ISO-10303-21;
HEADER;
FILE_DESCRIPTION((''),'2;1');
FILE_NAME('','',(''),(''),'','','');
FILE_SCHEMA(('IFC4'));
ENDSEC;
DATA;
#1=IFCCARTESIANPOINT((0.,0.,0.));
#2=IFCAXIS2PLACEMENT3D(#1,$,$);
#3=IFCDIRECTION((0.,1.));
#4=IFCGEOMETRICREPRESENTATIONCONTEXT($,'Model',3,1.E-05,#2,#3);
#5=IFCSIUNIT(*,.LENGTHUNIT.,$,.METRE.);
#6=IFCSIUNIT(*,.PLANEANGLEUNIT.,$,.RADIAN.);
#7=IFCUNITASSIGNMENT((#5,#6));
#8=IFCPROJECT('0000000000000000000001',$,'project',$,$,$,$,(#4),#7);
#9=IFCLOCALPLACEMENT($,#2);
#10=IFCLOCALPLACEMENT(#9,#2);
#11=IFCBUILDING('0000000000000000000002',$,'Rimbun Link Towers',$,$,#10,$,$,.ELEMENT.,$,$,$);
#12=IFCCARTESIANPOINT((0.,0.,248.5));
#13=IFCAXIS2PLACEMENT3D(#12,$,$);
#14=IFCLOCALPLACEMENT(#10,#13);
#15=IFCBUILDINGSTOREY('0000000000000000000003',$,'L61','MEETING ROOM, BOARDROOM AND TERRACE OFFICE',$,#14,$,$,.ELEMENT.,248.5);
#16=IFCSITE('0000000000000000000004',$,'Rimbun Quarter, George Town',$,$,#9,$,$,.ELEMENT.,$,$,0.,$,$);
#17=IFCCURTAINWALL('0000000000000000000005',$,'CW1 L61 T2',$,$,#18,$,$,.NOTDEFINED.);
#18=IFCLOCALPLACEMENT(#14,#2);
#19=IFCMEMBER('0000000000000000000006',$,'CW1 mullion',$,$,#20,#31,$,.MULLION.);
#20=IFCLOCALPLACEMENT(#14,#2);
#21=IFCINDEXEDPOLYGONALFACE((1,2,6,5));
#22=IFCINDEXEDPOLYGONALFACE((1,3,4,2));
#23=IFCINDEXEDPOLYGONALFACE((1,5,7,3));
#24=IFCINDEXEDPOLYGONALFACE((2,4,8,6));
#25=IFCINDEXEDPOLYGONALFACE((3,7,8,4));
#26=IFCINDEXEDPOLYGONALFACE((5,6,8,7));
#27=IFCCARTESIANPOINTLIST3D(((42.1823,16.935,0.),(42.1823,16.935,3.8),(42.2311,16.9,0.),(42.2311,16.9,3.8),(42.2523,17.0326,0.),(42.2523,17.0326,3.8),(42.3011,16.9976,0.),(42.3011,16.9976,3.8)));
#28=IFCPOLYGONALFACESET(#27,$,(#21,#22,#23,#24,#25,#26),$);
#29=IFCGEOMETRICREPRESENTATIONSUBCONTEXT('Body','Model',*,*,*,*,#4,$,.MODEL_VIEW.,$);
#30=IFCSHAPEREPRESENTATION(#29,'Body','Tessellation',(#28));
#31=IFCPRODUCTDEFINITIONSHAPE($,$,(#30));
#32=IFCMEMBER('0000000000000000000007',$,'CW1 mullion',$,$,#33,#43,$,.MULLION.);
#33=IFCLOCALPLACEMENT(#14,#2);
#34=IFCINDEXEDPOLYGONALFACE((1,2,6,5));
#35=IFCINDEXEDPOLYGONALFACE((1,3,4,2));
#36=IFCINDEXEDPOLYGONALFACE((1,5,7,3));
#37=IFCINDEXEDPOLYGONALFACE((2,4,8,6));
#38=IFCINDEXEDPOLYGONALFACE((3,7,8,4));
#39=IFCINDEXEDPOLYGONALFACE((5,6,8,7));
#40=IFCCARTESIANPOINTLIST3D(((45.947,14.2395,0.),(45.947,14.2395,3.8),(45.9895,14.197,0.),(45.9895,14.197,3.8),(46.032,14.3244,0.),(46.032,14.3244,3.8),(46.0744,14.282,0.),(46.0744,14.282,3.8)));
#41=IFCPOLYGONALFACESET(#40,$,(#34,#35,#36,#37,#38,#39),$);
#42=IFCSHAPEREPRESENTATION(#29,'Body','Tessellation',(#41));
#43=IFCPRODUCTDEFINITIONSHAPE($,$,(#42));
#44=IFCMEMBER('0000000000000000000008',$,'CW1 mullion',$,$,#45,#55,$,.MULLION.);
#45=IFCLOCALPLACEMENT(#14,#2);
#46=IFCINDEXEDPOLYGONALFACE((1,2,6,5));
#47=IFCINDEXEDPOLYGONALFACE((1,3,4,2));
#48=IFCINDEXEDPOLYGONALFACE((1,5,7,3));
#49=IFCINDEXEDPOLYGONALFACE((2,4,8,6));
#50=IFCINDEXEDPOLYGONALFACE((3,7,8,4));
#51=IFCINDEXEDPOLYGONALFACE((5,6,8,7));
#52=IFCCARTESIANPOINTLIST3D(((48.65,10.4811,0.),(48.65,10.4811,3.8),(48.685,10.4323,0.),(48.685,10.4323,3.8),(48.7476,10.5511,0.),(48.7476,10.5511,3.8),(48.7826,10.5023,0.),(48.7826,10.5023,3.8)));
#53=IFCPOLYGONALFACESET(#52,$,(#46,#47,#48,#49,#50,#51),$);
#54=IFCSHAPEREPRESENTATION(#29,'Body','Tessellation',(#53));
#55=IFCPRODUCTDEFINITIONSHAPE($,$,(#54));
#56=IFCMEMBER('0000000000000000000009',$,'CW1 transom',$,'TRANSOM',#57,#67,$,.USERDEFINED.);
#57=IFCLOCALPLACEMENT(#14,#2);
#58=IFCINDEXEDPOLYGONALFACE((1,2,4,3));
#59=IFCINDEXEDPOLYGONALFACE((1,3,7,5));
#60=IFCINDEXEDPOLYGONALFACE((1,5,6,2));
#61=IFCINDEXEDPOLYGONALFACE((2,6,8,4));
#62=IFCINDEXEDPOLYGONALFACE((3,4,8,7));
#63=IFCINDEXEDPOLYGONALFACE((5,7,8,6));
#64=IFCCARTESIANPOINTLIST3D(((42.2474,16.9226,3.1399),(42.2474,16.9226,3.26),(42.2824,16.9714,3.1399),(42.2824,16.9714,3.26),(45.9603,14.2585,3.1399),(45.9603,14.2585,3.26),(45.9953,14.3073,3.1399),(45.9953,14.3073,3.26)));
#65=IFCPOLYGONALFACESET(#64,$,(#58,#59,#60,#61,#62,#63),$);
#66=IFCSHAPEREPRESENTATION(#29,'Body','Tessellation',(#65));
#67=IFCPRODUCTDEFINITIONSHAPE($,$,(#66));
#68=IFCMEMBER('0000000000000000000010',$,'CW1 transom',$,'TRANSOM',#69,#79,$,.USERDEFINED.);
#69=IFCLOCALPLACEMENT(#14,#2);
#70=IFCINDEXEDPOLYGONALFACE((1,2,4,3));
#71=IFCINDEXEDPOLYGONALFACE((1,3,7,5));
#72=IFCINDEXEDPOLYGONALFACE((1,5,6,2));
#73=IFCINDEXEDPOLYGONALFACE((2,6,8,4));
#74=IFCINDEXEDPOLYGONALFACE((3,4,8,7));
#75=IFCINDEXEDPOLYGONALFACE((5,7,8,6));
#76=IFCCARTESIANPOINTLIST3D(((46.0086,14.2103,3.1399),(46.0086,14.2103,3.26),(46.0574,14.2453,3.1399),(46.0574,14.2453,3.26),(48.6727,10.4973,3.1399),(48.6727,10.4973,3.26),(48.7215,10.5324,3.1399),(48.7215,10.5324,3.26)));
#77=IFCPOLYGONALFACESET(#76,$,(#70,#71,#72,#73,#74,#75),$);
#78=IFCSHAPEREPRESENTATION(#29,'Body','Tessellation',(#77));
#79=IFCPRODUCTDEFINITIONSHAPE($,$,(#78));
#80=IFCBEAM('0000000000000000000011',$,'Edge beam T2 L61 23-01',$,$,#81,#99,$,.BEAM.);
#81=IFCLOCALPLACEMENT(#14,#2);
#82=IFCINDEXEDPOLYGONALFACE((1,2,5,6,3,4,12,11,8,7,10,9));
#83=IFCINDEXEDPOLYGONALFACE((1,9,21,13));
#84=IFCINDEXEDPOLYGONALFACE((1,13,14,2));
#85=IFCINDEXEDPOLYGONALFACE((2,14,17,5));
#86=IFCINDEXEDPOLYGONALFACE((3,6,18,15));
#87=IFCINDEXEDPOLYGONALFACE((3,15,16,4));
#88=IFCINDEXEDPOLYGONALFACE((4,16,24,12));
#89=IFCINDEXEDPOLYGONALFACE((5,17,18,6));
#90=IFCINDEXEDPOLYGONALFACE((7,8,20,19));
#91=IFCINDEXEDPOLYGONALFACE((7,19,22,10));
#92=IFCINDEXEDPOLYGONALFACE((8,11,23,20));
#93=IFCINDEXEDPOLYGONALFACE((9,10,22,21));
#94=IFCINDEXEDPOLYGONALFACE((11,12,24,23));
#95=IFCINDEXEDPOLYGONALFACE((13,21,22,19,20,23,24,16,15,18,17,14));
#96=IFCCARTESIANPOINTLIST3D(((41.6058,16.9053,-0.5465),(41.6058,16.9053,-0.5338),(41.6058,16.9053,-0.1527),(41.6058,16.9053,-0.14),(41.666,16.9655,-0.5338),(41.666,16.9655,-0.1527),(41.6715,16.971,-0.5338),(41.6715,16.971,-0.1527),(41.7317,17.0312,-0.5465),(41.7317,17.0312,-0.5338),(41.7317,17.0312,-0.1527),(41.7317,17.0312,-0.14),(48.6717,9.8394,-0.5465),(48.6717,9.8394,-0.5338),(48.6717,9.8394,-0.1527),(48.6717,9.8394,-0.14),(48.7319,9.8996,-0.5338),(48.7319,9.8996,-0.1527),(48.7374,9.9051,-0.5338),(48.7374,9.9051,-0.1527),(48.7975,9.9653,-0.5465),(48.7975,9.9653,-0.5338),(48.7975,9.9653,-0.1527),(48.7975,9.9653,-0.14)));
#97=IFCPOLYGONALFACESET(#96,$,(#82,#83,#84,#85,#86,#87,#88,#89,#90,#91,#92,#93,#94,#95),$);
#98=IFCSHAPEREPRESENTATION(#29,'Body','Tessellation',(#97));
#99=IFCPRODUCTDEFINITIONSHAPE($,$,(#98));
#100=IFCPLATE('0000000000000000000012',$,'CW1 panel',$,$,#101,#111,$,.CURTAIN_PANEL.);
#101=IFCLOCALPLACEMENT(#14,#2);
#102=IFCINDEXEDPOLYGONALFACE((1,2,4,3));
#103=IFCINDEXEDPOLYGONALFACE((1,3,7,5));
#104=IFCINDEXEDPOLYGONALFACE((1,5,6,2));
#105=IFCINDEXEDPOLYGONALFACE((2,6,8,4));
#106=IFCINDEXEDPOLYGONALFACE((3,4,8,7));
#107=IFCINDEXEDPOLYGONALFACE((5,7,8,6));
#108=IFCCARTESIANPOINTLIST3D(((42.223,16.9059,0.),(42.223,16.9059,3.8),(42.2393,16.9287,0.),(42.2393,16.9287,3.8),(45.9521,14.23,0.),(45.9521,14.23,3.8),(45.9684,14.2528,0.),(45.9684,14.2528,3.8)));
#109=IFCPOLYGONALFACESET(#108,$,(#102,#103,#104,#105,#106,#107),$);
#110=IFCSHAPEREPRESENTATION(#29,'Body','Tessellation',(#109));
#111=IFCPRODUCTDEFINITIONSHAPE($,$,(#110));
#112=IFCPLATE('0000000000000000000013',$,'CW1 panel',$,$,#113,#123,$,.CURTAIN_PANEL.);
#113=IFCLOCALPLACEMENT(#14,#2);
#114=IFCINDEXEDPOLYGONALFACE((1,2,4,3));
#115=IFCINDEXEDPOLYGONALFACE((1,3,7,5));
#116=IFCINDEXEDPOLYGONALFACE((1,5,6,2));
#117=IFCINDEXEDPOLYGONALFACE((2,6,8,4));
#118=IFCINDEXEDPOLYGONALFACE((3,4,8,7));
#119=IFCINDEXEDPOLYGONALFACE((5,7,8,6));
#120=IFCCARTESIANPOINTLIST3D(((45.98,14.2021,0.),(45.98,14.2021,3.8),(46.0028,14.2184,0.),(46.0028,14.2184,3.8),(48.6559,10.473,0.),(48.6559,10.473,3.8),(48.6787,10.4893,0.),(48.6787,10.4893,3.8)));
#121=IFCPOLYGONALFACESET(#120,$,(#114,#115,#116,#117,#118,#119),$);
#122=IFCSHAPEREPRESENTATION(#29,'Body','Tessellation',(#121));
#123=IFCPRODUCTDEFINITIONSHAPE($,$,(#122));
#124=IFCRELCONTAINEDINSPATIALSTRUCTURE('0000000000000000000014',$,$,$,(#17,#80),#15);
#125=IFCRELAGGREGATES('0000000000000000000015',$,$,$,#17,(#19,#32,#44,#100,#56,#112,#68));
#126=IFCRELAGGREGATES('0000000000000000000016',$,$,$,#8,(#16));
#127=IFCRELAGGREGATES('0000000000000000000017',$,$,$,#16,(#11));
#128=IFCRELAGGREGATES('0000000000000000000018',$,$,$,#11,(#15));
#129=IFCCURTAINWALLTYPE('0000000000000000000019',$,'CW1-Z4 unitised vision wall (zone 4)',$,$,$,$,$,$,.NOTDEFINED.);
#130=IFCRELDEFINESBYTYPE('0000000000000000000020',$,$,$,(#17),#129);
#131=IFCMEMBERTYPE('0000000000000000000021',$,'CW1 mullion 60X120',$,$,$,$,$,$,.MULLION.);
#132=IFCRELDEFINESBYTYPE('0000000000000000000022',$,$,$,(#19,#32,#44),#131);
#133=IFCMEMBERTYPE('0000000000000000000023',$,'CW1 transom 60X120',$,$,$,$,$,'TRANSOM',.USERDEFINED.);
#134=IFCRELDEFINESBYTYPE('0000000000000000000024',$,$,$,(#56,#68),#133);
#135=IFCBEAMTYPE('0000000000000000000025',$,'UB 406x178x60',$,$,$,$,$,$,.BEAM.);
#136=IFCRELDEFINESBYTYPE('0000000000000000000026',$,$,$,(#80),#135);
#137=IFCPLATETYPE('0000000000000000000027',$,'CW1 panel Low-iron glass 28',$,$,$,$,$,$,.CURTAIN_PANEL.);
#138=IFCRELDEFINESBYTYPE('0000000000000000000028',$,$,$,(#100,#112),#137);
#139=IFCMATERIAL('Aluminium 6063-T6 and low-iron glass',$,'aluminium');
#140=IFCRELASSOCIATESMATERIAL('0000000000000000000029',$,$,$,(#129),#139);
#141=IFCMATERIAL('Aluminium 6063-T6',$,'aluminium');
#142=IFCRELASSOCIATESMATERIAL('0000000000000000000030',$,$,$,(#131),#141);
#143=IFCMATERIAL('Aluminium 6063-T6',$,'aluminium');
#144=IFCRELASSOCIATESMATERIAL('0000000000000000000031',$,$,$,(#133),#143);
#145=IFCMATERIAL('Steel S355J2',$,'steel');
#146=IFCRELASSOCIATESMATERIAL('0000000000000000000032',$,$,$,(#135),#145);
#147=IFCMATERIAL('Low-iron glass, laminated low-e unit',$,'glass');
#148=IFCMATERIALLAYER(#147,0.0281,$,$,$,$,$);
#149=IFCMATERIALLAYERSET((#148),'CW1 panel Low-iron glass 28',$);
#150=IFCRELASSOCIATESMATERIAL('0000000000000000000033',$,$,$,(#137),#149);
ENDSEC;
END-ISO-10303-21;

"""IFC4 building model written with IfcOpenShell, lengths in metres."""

from ifc_helpers import new_model, si_unit, direction, frame, origin, origin_2d, place, context, subcontext, project, spatial, rectangle, i_section, extrude, material, layer, layer_set, material_profile, profile_set, type_object, element, aggregate, save


model = new_model("IFC4")

# Units and contexts
model_context = context("Model", 3, precision=1e-05, world=origin(), true_north=direction((0.0, 1.0)))
body_context = subcontext(model_context, "Body", "Model", "MODEL_VIEW")
ifc_project = project(units=[si_unit("LENGTHUNIT", "METRE"), si_unit("PLANEANGLEUNIT", "RADIAN")], contexts=[model_context])

# Site, building, storey
site_placement = place(None, origin())
site = spatial("IfcSite", under=ifc_project, at=site_placement, Name="Rimbun Quarter, George Town", CompositionType="ELEMENT", RefElevation=0.0)
building_placement = place(site_placement, origin())
building = spatial("IfcBuilding", under=site, at=building_placement, Name="Rimbun Link Towers", CompositionType="ELEMENT")
storey_placement = place(building_placement, frame((0.0, 0.0, 248.5)))
storey = spatial("IfcBuildingStorey", under=building, at=storey_placement, Name="L61", Description="MEETING ROOM, BOARDROOM AND TERRACE OFFICE", CompositionType="ELEMENT", Elevation=248.5)

# Curtain wall, members
ifc_material_1 = material(Name="Aluminium 6063-T6 and low-iron glass", Category="aluminium")
curtain_wall_type = type_object("IfcCurtainWallType", Name="CW1-Z4 unitised vision wall (zone 4)", PredefinedType="NOTDEFINED", material=ifc_material_1)
curtain_wall_placement = place(storey_placement, origin())
curtain_wall = element("IfcCurtainWall", 1, at=curtain_wall_placement, inside=storey, type_object=curtain_wall_type, Name="CW1 L61 T2", PredefinedType="NOTDEFINED")
ifc_material_2 = material(Name="Aluminium 6063-T6", Category="aluminium")
ifc_material_profile_1 = material_profile(ifc_material_2, rectangle(XDim=0.1201, YDim=0.0601, at=origin_2d()), Name="MULLION 60X120")
ifc_profile_set_1 = profile_set([ifc_material_profile_1], Name="Aluminium 6063-T6")
member_type_1 = type_object("IfcMemberType", Name="CW1 mullion 60X120", PredefinedType="MULLION", material=ifc_profile_set_1)
member_1_placement = place(storey_placement, frame((42.2417, 16.9663, 0.0), z_axis=(0.0, 0.0, 1.0), x_axis=(0.583009, 0.812465, 0.0)))
member_1 = element("IfcMember", 2, at=member_1_placement, type_object=member_type_1, Name="CW1 mullion", PredefinedType="MULLION", context=body_context, shape_type="SweptSolid", body=[
    extrude(rectangle(XDim=0.1201, YDim=0.0601, at=origin_2d()), origin(), (0.0, 0.0, 1.0), 3.8),
])
member_2_placement = place(storey_placement, frame((46.0107, 14.2607, 0.0), z_axis=(0.0, 0.0, 1.0), x_axis=(0.707107, 0.707107, 0.0)))
member_2 = element("IfcMember", 3, at=member_2_placement, type_object=member_type_1, Name="CW1 mullion", PredefinedType="MULLION", context=body_context, shape_type="SweptSolid", body=[
    extrude(rectangle(XDim=0.1201, YDim=0.0601, at=origin_2d()), origin(), (0.0, 0.0, 1.0), 3.8),
])
member_3_placement = place(storey_placement, frame((48.7163, 10.4917, 0.0), z_axis=(0.0, 0.0, 1.0), x_axis=(0.812465, 0.583009, 0.0)))
member_3 = element("IfcMember", 4, at=member_3_placement, type_object=member_type_1, Name="CW1 mullion", PredefinedType="MULLION", context=body_context, shape_type="SweptSolid", body=[
    extrude(rectangle(XDim=0.1201, YDim=0.0601, at=origin_2d()), origin(), (0.0, 0.0, 1.0), 3.8),
])
ifc_material_3 = material(Name="Aluminium 6063-T6", Category="aluminium")
ifc_material_profile_2 = material_profile(ifc_material_3, rectangle(XDim=0.0601, YDim=0.1201, at=origin_2d()), Name="TRANSOM 60X120")
ifc_profile_set_2 = profile_set([ifc_material_profile_2], Name="Aluminium 6063-T6")
member_type_2 = type_object("IfcMemberType", Name="CW1 transom 60X120", ElementType="TRANSOM", PredefinedType="USERDEFINED", material=ifc_profile_set_2)
member_4_placement = place(storey_placement, frame((42.2649, 16.947, 3.2), z_axis=(0.81249, -0.582975, 0.0), x_axis=(0.582975, 0.81249, 0.0)))
member_4 = element("IfcMember", 5, at=member_4_placement, type_object=member_type_2, Name="CW1 transom", ObjectType="TRANSOM", PredefinedType="USERDEFINED", context=body_context, shape_type="SweptSolid", body=[
    extrude(rectangle(XDim=0.0601, YDim=0.1201, at=origin_2d()), origin(), (0.0, 0.0, 1.0), 4.5698),
])
member_5_placement = place(storey_placement, frame((46.033, 14.2278, 3.2), z_axis=(0.582975, -0.81249, 0.0), x_axis=(0.81249, 0.582975, 0.0)))
member_5 = element("IfcMember", 6, at=member_5_placement, type_object=member_type_2, Name="CW1 transom", ObjectType="TRANSOM", PredefinedType="USERDEFINED", context=body_context, shape_type="SweptSolid", body=[
    extrude(rectangle(XDim=0.0601, YDim=0.1201, at=origin_2d()), origin(), (0.0, 0.0, 1.0), 4.5698),
])

# Beam
ifc_material_4 = material(Name="Steel S355J2", Category="steel")
ifc_material_profile_3 = material_profile(ifc_material_4, i_section(OverallWidth=0.178, OverallDepth=0.4065, WebThickness=0.0078, FlangeThickness=0.0127, at=origin_2d()), Name="UB 406x178x60")
ifc_profile_set_3 = profile_set([ifc_material_profile_3], Name="Steel S355J2")
beam_type = type_object("IfcBeamType", Name="UB 406x178x60", PredefinedType="BEAM", material=ifc_profile_set_3)
beam_placement = place(storey_placement, frame((48.7346, 9.9023, -0.3433), z_axis=(-0.707107, 0.707107, 0.0), x_axis=(-0.707107, -0.707107, 0.0)))
element("IfcBeam", 7, at=beam_placement, inside=storey, type_object=beam_type, Name="Edge beam T2 L61 23-01", PredefinedType="BEAM", context=body_context, shape_type="SweptSolid", body=[
    extrude(i_section(OverallWidth=0.178, OverallDepth=0.4065, WebThickness=0.0078, FlangeThickness=0.0127, at=origin_2d()), origin(), (0.0, 0.0, 1.0), 9.9927),
])

# Plates
ifc_material_5 = material(Name="Low-iron glass, laminated low-e unit", Category="glass")
ifc_layer_1 = layer(ifc_material_5, 0.0281)
ifc_layer_set_1 = layer_set([ifc_layer_1], Name="CW1 panel Low-iron glass 28")
plate_type = type_object("IfcPlateType", Name="CW1 panel Low-iron glass 28", PredefinedType="CURTAIN_PANEL", material=ifc_layer_set_1)
plate_1_placement = place(storey_placement, frame((44.0957, 15.5793, 0.0), z_axis=(0.0, 0.0, 1.0), x_axis=(0.812465, -0.583009, 0.0)))
plate_1 = element("IfcPlate", 8, at=plate_1_placement, type_object=plate_type, Name="CW1 panel", PredefinedType="CURTAIN_PANEL", context=body_context, shape_type="SweptSolid", body=[
    extrude(rectangle(XDim=4.5898, YDim=0.0281, at=origin_2d()), origin(), (0.0, 0.0, 1.0), 3.8),
])
plate_2_placement = place(storey_placement, frame((47.3293, 12.3457, 0.0), z_axis=(0.0, 0.0, 1.0), x_axis=(0.583009, -0.812465, 0.0)))
plate_2 = element("IfcPlate", 9, at=plate_2_placement, type_object=plate_type, Name="CW1 panel", PredefinedType="CURTAIN_PANEL", context=body_context, shape_type="SweptSolid", body=[
    extrude(rectangle(XDim=4.5898, YDim=0.0281, at=origin_2d()), origin(), (0.0, 0.0, 1.0), 3.8),
])
aggregate(curtain_wall, [member_1, member_2, member_3, plate_1, member_4, plate_2, member_5])

save(model, "model.ifc")
